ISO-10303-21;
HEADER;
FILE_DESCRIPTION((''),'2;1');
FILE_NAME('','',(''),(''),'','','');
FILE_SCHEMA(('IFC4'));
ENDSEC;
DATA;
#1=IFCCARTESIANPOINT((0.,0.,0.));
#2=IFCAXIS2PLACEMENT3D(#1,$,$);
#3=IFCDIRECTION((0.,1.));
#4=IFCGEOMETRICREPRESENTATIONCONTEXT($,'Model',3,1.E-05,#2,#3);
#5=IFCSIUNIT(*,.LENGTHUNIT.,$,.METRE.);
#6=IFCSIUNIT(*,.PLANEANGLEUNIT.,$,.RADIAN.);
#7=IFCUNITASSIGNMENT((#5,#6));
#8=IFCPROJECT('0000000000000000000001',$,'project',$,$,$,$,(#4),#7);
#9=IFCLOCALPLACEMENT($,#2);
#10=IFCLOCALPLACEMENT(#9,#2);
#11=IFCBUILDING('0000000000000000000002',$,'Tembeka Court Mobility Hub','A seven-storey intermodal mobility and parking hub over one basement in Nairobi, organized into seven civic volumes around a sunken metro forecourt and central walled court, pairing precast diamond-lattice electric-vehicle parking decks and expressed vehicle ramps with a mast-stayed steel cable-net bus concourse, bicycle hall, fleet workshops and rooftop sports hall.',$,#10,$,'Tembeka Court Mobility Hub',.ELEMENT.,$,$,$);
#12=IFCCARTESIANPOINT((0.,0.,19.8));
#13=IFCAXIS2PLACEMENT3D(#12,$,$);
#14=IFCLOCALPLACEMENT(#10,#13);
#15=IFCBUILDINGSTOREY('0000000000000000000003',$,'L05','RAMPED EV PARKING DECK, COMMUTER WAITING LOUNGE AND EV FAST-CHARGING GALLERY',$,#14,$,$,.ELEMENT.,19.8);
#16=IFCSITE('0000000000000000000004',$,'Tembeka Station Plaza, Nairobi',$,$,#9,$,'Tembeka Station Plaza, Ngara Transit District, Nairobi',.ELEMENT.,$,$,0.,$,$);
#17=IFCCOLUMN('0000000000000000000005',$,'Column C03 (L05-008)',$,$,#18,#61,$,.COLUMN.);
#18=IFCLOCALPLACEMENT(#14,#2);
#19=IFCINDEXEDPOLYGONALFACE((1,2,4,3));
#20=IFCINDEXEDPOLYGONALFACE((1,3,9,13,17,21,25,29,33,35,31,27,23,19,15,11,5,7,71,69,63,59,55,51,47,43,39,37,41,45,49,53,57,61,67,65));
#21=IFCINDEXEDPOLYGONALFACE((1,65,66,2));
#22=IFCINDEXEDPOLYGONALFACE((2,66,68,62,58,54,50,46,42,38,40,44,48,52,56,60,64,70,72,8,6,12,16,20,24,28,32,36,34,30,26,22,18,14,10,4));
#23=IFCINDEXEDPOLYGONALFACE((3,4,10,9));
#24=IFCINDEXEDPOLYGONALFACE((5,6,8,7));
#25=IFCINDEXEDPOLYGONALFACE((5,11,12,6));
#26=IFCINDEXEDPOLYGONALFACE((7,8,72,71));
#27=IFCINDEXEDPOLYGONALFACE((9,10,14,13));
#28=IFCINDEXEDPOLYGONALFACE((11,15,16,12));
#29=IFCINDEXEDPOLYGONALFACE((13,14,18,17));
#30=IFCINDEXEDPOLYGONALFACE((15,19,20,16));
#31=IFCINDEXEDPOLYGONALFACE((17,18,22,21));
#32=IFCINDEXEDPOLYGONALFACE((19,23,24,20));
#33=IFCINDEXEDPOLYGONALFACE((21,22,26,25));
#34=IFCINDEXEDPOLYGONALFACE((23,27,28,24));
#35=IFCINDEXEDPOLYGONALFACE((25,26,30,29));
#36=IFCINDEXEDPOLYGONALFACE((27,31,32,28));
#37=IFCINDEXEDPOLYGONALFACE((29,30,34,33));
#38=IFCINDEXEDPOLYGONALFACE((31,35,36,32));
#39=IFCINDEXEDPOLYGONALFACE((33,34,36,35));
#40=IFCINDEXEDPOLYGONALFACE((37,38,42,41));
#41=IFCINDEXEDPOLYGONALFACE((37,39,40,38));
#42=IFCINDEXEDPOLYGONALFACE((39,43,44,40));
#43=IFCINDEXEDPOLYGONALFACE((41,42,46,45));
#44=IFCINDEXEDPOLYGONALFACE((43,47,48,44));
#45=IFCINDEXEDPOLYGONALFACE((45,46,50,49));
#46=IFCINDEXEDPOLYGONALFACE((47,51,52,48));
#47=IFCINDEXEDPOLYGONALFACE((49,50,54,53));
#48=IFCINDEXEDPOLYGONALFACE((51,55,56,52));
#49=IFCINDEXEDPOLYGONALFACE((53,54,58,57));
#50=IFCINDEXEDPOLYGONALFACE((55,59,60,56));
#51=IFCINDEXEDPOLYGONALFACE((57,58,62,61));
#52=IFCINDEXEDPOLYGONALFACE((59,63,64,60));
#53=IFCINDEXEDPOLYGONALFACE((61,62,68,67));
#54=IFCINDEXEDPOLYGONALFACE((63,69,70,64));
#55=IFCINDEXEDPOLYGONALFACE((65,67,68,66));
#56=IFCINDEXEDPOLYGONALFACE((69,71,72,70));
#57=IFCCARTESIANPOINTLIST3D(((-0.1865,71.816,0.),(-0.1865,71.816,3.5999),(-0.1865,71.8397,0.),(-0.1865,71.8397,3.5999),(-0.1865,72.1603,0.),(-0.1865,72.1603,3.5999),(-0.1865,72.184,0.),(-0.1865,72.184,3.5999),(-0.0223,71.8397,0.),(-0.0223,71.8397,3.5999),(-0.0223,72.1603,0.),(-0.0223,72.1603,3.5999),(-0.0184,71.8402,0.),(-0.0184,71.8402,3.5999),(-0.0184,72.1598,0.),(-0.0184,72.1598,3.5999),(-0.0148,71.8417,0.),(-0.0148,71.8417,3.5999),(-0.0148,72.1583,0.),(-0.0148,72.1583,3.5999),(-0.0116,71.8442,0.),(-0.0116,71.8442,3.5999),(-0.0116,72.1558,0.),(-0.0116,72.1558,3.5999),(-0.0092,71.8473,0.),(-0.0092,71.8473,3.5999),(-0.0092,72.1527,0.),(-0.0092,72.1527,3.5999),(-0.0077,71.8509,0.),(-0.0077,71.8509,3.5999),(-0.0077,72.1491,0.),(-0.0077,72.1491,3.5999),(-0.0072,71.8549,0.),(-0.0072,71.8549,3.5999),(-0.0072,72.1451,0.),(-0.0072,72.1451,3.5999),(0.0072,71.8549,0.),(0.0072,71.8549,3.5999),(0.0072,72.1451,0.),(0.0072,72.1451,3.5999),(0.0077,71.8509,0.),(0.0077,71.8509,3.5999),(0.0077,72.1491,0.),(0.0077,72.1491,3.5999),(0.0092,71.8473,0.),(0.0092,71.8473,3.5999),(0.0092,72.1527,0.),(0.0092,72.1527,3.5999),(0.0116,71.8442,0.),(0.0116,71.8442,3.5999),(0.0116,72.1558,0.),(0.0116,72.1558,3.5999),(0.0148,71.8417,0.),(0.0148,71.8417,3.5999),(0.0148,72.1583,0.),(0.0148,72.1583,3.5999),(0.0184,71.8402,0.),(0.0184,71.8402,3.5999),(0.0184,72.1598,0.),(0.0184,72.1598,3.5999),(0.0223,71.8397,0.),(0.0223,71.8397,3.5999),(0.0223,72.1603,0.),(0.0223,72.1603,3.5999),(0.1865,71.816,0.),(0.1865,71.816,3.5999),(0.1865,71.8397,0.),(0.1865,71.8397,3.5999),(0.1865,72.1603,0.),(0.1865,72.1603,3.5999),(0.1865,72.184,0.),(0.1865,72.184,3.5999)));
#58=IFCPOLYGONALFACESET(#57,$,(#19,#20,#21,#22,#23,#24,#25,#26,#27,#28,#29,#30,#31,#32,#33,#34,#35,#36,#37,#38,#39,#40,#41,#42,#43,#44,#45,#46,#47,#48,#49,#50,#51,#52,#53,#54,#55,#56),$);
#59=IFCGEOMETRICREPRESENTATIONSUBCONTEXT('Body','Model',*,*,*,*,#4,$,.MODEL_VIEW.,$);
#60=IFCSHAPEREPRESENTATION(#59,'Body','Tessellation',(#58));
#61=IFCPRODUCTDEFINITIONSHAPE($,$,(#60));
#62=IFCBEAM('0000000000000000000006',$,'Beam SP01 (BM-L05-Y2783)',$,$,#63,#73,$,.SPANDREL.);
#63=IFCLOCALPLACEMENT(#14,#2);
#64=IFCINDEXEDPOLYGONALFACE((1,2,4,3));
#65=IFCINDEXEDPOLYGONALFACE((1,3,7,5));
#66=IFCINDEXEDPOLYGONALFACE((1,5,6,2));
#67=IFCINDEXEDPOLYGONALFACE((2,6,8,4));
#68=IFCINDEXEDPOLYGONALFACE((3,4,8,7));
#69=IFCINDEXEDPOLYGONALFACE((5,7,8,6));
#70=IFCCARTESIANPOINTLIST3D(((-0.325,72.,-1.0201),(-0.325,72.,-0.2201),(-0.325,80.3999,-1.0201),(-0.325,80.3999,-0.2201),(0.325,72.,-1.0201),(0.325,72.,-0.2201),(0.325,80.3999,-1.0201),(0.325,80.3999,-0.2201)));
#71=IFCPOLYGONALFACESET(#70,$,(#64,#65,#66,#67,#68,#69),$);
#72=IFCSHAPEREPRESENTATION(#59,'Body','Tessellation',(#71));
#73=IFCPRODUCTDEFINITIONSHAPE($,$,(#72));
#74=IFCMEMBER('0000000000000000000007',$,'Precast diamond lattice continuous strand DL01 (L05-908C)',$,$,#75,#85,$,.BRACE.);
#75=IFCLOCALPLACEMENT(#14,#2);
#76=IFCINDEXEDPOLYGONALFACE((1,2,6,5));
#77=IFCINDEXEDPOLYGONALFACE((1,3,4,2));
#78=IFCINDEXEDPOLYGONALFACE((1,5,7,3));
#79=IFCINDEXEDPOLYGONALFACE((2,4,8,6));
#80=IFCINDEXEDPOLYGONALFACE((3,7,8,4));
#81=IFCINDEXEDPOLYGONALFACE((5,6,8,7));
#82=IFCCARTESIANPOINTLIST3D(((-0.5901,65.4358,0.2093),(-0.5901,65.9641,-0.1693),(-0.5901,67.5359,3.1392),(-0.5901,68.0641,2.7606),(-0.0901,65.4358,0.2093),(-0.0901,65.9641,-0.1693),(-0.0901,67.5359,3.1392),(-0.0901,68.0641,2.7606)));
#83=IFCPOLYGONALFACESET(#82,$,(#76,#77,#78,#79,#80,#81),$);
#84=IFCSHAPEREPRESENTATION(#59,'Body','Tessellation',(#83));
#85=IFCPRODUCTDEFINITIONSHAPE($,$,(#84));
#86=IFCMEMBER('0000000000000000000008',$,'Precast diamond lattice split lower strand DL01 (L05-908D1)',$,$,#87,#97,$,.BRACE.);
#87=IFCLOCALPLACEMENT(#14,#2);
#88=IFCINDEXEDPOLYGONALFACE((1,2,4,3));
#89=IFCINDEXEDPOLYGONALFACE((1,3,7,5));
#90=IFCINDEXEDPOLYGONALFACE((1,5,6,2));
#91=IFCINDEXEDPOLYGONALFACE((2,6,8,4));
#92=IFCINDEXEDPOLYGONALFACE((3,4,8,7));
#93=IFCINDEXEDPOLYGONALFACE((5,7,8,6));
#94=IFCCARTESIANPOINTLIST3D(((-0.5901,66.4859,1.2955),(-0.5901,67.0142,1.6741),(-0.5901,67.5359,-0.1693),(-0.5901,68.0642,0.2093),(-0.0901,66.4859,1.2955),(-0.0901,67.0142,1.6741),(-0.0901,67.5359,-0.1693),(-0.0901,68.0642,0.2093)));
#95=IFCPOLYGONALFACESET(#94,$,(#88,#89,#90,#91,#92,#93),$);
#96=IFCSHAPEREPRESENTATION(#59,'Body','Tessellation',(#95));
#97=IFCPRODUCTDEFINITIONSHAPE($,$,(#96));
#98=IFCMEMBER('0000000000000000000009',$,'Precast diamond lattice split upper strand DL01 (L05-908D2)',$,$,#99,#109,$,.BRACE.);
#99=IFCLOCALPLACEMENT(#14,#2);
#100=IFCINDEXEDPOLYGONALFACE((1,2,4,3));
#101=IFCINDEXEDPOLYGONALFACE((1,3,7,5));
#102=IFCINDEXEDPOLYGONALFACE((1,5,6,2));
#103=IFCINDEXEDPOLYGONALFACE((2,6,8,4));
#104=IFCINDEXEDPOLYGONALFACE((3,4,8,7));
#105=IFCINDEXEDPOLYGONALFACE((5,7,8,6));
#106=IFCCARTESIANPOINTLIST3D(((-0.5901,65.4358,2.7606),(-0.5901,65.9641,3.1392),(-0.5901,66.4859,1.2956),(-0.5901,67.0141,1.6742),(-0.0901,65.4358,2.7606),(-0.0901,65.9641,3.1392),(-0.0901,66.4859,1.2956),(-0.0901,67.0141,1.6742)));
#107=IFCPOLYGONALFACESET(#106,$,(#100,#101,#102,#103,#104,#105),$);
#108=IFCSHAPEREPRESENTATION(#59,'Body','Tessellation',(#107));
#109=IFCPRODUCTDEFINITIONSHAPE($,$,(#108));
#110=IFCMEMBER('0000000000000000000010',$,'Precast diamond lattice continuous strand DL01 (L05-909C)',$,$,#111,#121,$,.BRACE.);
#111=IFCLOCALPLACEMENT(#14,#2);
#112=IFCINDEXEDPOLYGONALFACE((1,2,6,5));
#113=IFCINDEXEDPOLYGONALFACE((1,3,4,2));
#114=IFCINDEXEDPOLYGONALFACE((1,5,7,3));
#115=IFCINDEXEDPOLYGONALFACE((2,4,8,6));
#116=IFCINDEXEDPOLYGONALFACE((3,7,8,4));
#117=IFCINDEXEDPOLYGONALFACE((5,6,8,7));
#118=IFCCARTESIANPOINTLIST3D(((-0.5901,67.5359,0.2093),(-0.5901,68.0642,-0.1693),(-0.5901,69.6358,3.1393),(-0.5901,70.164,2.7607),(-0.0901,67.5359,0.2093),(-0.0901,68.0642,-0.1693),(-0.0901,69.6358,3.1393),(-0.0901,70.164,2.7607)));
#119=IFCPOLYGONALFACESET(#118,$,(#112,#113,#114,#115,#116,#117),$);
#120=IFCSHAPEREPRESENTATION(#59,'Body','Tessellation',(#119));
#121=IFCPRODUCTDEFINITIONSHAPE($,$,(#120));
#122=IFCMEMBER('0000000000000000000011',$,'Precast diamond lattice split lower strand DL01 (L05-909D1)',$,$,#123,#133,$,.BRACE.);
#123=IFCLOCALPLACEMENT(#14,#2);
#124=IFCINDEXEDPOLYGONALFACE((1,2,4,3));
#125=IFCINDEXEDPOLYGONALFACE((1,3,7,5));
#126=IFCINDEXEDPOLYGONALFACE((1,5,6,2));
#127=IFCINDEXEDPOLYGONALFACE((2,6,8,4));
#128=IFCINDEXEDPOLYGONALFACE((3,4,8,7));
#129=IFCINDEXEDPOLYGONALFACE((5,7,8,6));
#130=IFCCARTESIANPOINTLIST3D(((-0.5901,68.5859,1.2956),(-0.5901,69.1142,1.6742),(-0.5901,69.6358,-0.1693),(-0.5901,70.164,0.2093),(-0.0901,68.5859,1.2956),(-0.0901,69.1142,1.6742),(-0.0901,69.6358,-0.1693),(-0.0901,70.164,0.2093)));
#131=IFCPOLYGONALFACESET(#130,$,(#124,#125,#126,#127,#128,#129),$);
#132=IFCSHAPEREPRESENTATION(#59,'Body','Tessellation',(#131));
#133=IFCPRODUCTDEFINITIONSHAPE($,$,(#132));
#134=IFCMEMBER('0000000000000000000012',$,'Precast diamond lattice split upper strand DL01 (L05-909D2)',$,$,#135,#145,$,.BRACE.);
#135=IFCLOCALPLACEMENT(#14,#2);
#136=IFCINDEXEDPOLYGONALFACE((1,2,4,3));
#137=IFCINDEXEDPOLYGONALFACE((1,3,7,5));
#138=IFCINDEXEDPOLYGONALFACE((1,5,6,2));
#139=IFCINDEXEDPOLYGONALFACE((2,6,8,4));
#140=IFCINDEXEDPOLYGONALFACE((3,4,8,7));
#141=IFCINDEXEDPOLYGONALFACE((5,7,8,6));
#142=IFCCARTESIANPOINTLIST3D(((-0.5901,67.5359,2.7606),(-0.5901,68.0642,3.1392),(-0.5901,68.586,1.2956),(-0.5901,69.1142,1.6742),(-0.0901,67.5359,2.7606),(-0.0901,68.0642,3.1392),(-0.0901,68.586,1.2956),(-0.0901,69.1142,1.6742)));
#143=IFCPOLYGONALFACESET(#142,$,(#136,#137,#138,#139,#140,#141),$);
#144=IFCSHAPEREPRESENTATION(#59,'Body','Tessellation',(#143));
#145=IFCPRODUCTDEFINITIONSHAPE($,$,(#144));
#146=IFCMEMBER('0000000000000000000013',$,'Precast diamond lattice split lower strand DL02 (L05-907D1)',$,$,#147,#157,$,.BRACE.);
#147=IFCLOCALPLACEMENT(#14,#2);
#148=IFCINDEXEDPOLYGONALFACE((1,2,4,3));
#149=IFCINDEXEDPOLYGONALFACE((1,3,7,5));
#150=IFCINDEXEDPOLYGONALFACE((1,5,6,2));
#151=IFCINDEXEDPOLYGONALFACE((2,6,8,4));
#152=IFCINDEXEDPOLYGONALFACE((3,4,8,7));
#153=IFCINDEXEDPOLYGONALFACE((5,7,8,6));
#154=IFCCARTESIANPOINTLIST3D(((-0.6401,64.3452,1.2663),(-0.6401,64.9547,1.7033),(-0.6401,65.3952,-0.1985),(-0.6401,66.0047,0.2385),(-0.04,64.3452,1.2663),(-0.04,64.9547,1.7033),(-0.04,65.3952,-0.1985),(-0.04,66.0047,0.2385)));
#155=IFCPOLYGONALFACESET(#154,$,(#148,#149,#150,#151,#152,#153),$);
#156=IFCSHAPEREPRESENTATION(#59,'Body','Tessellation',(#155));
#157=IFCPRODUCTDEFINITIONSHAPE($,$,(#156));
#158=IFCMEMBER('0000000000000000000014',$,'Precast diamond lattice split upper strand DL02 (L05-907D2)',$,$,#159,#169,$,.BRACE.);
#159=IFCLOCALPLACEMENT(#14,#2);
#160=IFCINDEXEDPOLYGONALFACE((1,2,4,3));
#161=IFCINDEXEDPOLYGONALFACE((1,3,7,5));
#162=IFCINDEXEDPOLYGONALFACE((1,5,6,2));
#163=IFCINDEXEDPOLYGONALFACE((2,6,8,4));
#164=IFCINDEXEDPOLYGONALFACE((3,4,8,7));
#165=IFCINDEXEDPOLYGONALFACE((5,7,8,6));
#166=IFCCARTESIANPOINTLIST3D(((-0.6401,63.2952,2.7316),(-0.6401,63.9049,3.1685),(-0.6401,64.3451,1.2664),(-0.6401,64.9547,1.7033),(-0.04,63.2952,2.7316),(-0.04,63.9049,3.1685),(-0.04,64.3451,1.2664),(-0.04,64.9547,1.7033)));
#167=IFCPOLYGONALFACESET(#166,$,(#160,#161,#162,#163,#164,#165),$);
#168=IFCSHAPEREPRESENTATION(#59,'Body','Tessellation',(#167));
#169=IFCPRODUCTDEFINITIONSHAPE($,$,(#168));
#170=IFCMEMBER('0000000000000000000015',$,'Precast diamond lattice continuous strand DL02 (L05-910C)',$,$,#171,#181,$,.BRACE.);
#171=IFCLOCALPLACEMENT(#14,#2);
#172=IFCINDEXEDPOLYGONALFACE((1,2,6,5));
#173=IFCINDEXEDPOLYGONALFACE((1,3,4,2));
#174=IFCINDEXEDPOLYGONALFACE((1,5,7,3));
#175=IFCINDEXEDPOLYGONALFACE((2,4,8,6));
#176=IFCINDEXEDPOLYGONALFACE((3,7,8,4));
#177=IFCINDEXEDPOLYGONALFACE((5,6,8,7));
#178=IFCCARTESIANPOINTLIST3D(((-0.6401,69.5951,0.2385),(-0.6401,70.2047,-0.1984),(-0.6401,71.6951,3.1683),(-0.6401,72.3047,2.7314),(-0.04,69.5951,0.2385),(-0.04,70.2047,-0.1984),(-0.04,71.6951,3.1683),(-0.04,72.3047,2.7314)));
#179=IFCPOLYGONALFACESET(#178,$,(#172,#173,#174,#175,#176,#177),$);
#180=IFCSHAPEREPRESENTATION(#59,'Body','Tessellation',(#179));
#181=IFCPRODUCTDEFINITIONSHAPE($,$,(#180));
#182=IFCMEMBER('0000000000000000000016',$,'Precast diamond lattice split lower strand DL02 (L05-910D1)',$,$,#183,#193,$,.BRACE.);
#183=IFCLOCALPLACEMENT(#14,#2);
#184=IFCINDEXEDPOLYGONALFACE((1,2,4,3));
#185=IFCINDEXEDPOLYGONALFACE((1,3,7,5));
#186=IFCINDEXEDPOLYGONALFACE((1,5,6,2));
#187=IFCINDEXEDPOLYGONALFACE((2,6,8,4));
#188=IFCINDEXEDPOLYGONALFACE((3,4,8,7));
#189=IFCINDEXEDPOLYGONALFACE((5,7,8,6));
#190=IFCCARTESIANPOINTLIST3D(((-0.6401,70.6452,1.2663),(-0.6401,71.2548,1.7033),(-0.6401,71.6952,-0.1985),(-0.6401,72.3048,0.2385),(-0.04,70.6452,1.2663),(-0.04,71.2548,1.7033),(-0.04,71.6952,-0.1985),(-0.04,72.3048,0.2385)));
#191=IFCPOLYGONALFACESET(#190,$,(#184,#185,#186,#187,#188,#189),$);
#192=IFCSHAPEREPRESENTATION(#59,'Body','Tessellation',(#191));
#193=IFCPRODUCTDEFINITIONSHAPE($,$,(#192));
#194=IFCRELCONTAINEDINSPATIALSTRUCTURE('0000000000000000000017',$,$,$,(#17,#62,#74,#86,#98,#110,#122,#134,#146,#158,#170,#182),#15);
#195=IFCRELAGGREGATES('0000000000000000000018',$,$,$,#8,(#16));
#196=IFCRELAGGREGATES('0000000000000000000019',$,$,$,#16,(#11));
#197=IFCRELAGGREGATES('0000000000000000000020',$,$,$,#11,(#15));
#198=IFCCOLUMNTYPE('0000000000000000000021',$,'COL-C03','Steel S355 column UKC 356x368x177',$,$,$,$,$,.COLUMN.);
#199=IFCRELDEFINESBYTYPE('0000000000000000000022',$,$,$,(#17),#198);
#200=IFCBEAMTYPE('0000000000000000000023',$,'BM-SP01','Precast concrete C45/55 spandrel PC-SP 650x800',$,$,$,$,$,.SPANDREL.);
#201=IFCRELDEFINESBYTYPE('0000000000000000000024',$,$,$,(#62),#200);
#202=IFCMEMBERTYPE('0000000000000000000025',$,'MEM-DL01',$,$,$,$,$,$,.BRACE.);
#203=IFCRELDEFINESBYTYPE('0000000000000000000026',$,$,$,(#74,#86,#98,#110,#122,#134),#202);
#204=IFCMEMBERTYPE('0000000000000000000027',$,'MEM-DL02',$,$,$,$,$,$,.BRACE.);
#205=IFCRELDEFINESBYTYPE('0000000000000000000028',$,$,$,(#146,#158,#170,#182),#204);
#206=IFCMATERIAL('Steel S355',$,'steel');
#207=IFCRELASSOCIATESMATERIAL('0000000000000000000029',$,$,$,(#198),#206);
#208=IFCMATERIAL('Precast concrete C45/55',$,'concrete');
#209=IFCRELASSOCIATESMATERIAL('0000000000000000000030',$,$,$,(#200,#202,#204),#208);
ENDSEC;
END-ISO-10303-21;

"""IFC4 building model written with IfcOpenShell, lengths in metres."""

from ifc_helpers import new_model, si_unit, direction, frame, origin, origin_2d, place, context, subcontext, project, spatial, rectangle, i_section, extrude, material, material_profile, profile_set, type_object, element, save


model = new_model("IFC4")

# Units and contexts
model_context = context("Model", 3, precision=1e-05, world=origin(), true_north=direction((0.0, 1.0)))
body_context = subcontext(model_context, "Body", "Model", "MODEL_VIEW")
ifc_project = project(units=[si_unit("LENGTHUNIT", "METRE"), si_unit("PLANEANGLEUNIT", "RADIAN")], contexts=[model_context])

# Site, building, storey
site_placement = place(None, origin())
site = spatial("IfcSite", under=ifc_project, at=site_placement, Name="Tembeka Station Plaza, Nairobi", LongName="Tembeka Station Plaza, Ngara Transit District, Nairobi", CompositionType="ELEMENT", RefElevation=0.0)
building_placement = place(site_placement, origin())
building = spatial("IfcBuilding", under=site, at=building_placement, Name="Tembeka Court Mobility Hub", Description="A seven-storey intermodal mobility and parking hub over one basement in Nairobi, organized into seven civic volumes around a sunken metro forecourt and central walled court, pairing precast diamond-lattice electric-vehicle parking decks and expressed vehicle ramps with a mast-stayed steel cable-net bus concourse, bicycle hall, fleet workshops and rooftop sports hall.", LongName="Tembeka Court Mobility Hub", CompositionType="ELEMENT")
storey_placement = place(building_placement, frame((0.0, 0.0, 19.8)))
storey = spatial("IfcBuildingStorey", under=building, at=storey_placement, Name="L05", Description="RAMPED EV PARKING DECK, COMMUTER WAITING LOUNGE AND EV FAST-CHARGING GALLERY", CompositionType="ELEMENT", Elevation=19.8)

# Column
ifc_material_1 = material(Name="Steel S355", Category="steel")
ifc_material_profile_1 = material_profile(ifc_material_1, i_section(OverallWidth=0.373, OverallDepth=0.3679, WebThickness=0.0144, FlangeThickness=0.0237, FilletRadius=0.0151, at=origin_2d()), Name="UKC 356x368x177")
ifc_profile_set_1 = profile_set([ifc_material_profile_1], Name="Steel S355")
column_type = type_object("IfcColumnType", Name="COL-C03", Description="Steel S355 column UKC 356x368x177", PredefinedType="COLUMN", material=ifc_profile_set_1)
column_placement = place(storey_placement, frame((0.0, 72.0, 0.0), z_axis=(0.0, 0.0, 1.0), x_axis=(1.0, 0.0, 0.0)))
element("IfcColumn", 1, at=column_placement, inside=storey, type_object=column_type, Name="Column C03 (L05-008)", PredefinedType="COLUMN", context=body_context, shape_type="SweptSolid", body=[
    extrude(i_section(OverallWidth=0.373, OverallDepth=0.3679, WebThickness=0.0144, FlangeThickness=0.0237, FilletRadius=0.0151, at=origin_2d()), origin(), (0.0, 0.0, 1.0), 3.5999),
])

# Beam
ifc_material_2 = material(Name="Precast concrete C45/55", Category="concrete")
ifc_material_profile_2 = material_profile(ifc_material_2, rectangle(XDim=0.6499, YDim=0.8, at=origin_2d()), Name="PC-SP 650x800")
ifc_profile_set_2 = profile_set([ifc_material_profile_2], Name="Precast concrete C45/55")
beam_type = type_object("IfcBeamType", Name="BM-SP01", Description="Precast concrete C45/55 spandrel PC-SP 650x800", PredefinedType="SPANDREL", material=ifc_profile_set_2)
beam_placement = place(storey_placement, frame((0.0, 72.0, -0.6201), z_axis=(0.0, 1.0, 0.0), x_axis=(-1.0, 0.0, 0.0)))
element("IfcBeam", 2, at=beam_placement, inside=storey, type_object=beam_type, Name="Beam SP01 (BM-L05-Y2783)", PredefinedType="SPANDREL", context=body_context, shape_type="SweptSolid", body=[
    extrude(rectangle(XDim=0.6499, YDim=0.8, at=origin_2d()), origin(), (0.0, 0.0, 1.0), 8.3999),
])

# Members
ifc_material_profile_3 = material_profile(ifc_material_2, rectangle(XDim=0.5, YDim=0.6499, at=origin_2d()), Name="PC-DIAG 500x650")
ifc_profile_set_3 = profile_set([ifc_material_profile_3], Name="Precast concrete C45/55")
member_type_1 = type_object("IfcMemberType", Name="MEM-DL01", PredefinedType="BRACE", material=ifc_profile_set_3)
member_1_placement = place(storey_placement, frame((-0.3401, 65.7, 0.02), z_axis=(0.0, 0.582576, 0.812776), x_axis=(-1.0, 0.0, 0.0)))
element("IfcMember", 3, at=member_1_placement, inside=storey, type_object=member_type_1, Name="Precast diamond lattice continuous strand DL01 (L05-908C)", PredefinedType="BRACE", context=body_context, shape_type="SweptSolid", body=[
    extrude(rectangle(XDim=0.5, YDim=0.6499, at=origin_2d()), origin(), (0.0, 0.0, 1.0), 3.6047),
])
member_2_placement = place(storey_placement, frame((-0.3401, 67.8, 0.02), z_axis=(0.0, -0.582608, 0.812753), x_axis=(1.0, 0.0, 0.0)))
element("IfcMember", 4, at=member_2_placement, inside=storey, type_object=member_type_1, Name="Precast diamond lattice split lower strand DL01 (L05-908D1)", PredefinedType="BRACE", context=body_context, shape_type="SweptSolid", body=[
    extrude(rectangle(XDim=0.5, YDim=0.6499, at=origin_2d()), origin(), (0.0, 0.0, 1.0), 1.8022),
])
member_3_placement = place(storey_placement, frame((-0.3401, 66.75, 1.4849), z_axis=(0.0, -0.582544, 0.812799), x_axis=(1.0, 0.0, 0.0)))
element("IfcMember", 5, at=member_3_placement, inside=storey, type_object=member_type_1, Name="Precast diamond lattice split upper strand DL01 (L05-908D2)", PredefinedType="BRACE", context=body_context, shape_type="SweptSolid", body=[
    extrude(rectangle(XDim=0.5, YDim=0.6499, at=origin_2d()), origin(), (0.0, 0.0, 1.0), 1.8025),
])
member_4_placement = place(storey_placement, frame((-0.3401, 67.8, 0.02), z_axis=(0.0, 0.582532, 0.812808), x_axis=(-1.0, 0.0, 0.0)))
element("IfcMember", 6, at=member_4_placement, inside=storey, type_object=member_type_1, Name="Precast diamond lattice continuous strand DL01 (L05-909C)", PredefinedType="BRACE", context=body_context, shape_type="SweptSolid", body=[
    extrude(rectangle(XDim=0.5, YDim=0.6499, at=origin_2d()), origin(), (0.0, 0.0, 1.0), 3.6047),
])
member_5_placement = place(storey_placement, frame((-0.3401, 69.8999, 0.02), z_axis=(0.0, -0.582519, 0.812817), x_axis=(1.0, 0.0, 0.0)))
element("IfcMember", 7, at=member_5_placement, inside=storey, type_object=member_type_1, Name="Precast diamond lattice split lower strand DL01 (L05-909D1)", PredefinedType="BRACE", context=body_context, shape_type="SweptSolid", body=[
    extrude(rectangle(XDim=0.5, YDim=0.6499, at=origin_2d()), origin(), (0.0, 0.0, 1.0), 1.8022),
])
member_6_placement = place(storey_placement, frame((-0.3401, 68.8501, 1.4849), z_axis=(0.0, -0.582544, 0.812799), x_axis=(1.0, 0.0, 0.0)))
element("IfcMember", 8, at=member_6_placement, inside=storey, type_object=member_type_1, Name="Precast diamond lattice split upper strand DL01 (L05-909D2)", PredefinedType="BRACE", context=body_context, shape_type="SweptSolid", body=[
    extrude(rectangle(XDim=0.5, YDim=0.6499, at=origin_2d()), origin(), (0.0, 0.0, 1.0), 1.8025),
])
ifc_material_profile_4 = material_profile(ifc_material_2, rectangle(XDim=0.6001, YDim=0.75, at=origin_2d()), Name="PC-DIAG 600x750")
ifc_profile_set_4 = profile_set([ifc_material_profile_4], Name="Precast concrete C45/55")
member_type_2 = type_object("IfcMemberType", Name="MEM-DL02", PredefinedType="BRACE", material=ifc_profile_set_4)
member_7_placement = place(storey_placement, frame((-0.3401, 65.7, 0.02), z_axis=(0.0, -0.582608, 0.812753), x_axis=(1.0, 0.0, 0.0)))
element("IfcMember", 9, at=member_7_placement, inside=storey, type_object=member_type_2, Name="Precast diamond lattice split lower strand DL02 (L05-907D1)", PredefinedType="BRACE", context=body_context, shape_type="SweptSolid", body=[
    extrude(rectangle(XDim=0.6001, YDim=0.75, at=origin_2d()), origin(), (0.0, 0.0, 1.0), 1.8022),
])
member_8_placement = place(storey_placement, frame((-0.3401, 64.6499, 1.4849), z_axis=(0.0, -0.582455, 0.812863), x_axis=(1.0, 0.0, 0.0)))
element("IfcMember", 10, at=member_8_placement, inside=storey, type_object=member_type_2, Name="Precast diamond lattice split upper strand DL02 (L05-907D2)", PredefinedType="BRACE", context=body_context, shape_type="SweptSolid", body=[
    extrude(rectangle(XDim=0.6001, YDim=0.75, at=origin_2d()), origin(), (0.0, 0.0, 1.0), 1.8025),
])
member_9_placement = place(storey_placement, frame((-0.3401, 69.8999, 0.02), z_axis=(0.0, 0.582576, 0.812776), x_axis=(-1.0, 0.0, 0.0)))
element("IfcMember", 11, at=member_9_placement, inside=storey, type_object=member_type_2, Name="Precast diamond lattice continuous strand DL02 (L05-910C)", PredefinedType="BRACE", context=body_context, shape_type="SweptSolid", body=[
    extrude(rectangle(XDim=0.6001, YDim=0.75, at=origin_2d()), origin(), (0.0, 0.0, 1.0), 3.6047),
])
member_10_placement = place(storey_placement, frame((-0.3401, 72.0, 0.02), z_axis=(0.0, -0.582608, 0.812753), x_axis=(1.0, 0.0, 0.0)))
element("IfcMember", 12, at=member_10_placement, inside=storey, type_object=member_type_2, Name="Precast diamond lattice split lower strand DL02 (L05-910D1)", PredefinedType="BRACE", context=body_context, shape_type="SweptSolid", body=[
    extrude(rectangle(XDim=0.6001, YDim=0.75, at=origin_2d()), origin(), (0.0, 0.0, 1.0), 1.8022),
])

save(model, "model.ifc")
